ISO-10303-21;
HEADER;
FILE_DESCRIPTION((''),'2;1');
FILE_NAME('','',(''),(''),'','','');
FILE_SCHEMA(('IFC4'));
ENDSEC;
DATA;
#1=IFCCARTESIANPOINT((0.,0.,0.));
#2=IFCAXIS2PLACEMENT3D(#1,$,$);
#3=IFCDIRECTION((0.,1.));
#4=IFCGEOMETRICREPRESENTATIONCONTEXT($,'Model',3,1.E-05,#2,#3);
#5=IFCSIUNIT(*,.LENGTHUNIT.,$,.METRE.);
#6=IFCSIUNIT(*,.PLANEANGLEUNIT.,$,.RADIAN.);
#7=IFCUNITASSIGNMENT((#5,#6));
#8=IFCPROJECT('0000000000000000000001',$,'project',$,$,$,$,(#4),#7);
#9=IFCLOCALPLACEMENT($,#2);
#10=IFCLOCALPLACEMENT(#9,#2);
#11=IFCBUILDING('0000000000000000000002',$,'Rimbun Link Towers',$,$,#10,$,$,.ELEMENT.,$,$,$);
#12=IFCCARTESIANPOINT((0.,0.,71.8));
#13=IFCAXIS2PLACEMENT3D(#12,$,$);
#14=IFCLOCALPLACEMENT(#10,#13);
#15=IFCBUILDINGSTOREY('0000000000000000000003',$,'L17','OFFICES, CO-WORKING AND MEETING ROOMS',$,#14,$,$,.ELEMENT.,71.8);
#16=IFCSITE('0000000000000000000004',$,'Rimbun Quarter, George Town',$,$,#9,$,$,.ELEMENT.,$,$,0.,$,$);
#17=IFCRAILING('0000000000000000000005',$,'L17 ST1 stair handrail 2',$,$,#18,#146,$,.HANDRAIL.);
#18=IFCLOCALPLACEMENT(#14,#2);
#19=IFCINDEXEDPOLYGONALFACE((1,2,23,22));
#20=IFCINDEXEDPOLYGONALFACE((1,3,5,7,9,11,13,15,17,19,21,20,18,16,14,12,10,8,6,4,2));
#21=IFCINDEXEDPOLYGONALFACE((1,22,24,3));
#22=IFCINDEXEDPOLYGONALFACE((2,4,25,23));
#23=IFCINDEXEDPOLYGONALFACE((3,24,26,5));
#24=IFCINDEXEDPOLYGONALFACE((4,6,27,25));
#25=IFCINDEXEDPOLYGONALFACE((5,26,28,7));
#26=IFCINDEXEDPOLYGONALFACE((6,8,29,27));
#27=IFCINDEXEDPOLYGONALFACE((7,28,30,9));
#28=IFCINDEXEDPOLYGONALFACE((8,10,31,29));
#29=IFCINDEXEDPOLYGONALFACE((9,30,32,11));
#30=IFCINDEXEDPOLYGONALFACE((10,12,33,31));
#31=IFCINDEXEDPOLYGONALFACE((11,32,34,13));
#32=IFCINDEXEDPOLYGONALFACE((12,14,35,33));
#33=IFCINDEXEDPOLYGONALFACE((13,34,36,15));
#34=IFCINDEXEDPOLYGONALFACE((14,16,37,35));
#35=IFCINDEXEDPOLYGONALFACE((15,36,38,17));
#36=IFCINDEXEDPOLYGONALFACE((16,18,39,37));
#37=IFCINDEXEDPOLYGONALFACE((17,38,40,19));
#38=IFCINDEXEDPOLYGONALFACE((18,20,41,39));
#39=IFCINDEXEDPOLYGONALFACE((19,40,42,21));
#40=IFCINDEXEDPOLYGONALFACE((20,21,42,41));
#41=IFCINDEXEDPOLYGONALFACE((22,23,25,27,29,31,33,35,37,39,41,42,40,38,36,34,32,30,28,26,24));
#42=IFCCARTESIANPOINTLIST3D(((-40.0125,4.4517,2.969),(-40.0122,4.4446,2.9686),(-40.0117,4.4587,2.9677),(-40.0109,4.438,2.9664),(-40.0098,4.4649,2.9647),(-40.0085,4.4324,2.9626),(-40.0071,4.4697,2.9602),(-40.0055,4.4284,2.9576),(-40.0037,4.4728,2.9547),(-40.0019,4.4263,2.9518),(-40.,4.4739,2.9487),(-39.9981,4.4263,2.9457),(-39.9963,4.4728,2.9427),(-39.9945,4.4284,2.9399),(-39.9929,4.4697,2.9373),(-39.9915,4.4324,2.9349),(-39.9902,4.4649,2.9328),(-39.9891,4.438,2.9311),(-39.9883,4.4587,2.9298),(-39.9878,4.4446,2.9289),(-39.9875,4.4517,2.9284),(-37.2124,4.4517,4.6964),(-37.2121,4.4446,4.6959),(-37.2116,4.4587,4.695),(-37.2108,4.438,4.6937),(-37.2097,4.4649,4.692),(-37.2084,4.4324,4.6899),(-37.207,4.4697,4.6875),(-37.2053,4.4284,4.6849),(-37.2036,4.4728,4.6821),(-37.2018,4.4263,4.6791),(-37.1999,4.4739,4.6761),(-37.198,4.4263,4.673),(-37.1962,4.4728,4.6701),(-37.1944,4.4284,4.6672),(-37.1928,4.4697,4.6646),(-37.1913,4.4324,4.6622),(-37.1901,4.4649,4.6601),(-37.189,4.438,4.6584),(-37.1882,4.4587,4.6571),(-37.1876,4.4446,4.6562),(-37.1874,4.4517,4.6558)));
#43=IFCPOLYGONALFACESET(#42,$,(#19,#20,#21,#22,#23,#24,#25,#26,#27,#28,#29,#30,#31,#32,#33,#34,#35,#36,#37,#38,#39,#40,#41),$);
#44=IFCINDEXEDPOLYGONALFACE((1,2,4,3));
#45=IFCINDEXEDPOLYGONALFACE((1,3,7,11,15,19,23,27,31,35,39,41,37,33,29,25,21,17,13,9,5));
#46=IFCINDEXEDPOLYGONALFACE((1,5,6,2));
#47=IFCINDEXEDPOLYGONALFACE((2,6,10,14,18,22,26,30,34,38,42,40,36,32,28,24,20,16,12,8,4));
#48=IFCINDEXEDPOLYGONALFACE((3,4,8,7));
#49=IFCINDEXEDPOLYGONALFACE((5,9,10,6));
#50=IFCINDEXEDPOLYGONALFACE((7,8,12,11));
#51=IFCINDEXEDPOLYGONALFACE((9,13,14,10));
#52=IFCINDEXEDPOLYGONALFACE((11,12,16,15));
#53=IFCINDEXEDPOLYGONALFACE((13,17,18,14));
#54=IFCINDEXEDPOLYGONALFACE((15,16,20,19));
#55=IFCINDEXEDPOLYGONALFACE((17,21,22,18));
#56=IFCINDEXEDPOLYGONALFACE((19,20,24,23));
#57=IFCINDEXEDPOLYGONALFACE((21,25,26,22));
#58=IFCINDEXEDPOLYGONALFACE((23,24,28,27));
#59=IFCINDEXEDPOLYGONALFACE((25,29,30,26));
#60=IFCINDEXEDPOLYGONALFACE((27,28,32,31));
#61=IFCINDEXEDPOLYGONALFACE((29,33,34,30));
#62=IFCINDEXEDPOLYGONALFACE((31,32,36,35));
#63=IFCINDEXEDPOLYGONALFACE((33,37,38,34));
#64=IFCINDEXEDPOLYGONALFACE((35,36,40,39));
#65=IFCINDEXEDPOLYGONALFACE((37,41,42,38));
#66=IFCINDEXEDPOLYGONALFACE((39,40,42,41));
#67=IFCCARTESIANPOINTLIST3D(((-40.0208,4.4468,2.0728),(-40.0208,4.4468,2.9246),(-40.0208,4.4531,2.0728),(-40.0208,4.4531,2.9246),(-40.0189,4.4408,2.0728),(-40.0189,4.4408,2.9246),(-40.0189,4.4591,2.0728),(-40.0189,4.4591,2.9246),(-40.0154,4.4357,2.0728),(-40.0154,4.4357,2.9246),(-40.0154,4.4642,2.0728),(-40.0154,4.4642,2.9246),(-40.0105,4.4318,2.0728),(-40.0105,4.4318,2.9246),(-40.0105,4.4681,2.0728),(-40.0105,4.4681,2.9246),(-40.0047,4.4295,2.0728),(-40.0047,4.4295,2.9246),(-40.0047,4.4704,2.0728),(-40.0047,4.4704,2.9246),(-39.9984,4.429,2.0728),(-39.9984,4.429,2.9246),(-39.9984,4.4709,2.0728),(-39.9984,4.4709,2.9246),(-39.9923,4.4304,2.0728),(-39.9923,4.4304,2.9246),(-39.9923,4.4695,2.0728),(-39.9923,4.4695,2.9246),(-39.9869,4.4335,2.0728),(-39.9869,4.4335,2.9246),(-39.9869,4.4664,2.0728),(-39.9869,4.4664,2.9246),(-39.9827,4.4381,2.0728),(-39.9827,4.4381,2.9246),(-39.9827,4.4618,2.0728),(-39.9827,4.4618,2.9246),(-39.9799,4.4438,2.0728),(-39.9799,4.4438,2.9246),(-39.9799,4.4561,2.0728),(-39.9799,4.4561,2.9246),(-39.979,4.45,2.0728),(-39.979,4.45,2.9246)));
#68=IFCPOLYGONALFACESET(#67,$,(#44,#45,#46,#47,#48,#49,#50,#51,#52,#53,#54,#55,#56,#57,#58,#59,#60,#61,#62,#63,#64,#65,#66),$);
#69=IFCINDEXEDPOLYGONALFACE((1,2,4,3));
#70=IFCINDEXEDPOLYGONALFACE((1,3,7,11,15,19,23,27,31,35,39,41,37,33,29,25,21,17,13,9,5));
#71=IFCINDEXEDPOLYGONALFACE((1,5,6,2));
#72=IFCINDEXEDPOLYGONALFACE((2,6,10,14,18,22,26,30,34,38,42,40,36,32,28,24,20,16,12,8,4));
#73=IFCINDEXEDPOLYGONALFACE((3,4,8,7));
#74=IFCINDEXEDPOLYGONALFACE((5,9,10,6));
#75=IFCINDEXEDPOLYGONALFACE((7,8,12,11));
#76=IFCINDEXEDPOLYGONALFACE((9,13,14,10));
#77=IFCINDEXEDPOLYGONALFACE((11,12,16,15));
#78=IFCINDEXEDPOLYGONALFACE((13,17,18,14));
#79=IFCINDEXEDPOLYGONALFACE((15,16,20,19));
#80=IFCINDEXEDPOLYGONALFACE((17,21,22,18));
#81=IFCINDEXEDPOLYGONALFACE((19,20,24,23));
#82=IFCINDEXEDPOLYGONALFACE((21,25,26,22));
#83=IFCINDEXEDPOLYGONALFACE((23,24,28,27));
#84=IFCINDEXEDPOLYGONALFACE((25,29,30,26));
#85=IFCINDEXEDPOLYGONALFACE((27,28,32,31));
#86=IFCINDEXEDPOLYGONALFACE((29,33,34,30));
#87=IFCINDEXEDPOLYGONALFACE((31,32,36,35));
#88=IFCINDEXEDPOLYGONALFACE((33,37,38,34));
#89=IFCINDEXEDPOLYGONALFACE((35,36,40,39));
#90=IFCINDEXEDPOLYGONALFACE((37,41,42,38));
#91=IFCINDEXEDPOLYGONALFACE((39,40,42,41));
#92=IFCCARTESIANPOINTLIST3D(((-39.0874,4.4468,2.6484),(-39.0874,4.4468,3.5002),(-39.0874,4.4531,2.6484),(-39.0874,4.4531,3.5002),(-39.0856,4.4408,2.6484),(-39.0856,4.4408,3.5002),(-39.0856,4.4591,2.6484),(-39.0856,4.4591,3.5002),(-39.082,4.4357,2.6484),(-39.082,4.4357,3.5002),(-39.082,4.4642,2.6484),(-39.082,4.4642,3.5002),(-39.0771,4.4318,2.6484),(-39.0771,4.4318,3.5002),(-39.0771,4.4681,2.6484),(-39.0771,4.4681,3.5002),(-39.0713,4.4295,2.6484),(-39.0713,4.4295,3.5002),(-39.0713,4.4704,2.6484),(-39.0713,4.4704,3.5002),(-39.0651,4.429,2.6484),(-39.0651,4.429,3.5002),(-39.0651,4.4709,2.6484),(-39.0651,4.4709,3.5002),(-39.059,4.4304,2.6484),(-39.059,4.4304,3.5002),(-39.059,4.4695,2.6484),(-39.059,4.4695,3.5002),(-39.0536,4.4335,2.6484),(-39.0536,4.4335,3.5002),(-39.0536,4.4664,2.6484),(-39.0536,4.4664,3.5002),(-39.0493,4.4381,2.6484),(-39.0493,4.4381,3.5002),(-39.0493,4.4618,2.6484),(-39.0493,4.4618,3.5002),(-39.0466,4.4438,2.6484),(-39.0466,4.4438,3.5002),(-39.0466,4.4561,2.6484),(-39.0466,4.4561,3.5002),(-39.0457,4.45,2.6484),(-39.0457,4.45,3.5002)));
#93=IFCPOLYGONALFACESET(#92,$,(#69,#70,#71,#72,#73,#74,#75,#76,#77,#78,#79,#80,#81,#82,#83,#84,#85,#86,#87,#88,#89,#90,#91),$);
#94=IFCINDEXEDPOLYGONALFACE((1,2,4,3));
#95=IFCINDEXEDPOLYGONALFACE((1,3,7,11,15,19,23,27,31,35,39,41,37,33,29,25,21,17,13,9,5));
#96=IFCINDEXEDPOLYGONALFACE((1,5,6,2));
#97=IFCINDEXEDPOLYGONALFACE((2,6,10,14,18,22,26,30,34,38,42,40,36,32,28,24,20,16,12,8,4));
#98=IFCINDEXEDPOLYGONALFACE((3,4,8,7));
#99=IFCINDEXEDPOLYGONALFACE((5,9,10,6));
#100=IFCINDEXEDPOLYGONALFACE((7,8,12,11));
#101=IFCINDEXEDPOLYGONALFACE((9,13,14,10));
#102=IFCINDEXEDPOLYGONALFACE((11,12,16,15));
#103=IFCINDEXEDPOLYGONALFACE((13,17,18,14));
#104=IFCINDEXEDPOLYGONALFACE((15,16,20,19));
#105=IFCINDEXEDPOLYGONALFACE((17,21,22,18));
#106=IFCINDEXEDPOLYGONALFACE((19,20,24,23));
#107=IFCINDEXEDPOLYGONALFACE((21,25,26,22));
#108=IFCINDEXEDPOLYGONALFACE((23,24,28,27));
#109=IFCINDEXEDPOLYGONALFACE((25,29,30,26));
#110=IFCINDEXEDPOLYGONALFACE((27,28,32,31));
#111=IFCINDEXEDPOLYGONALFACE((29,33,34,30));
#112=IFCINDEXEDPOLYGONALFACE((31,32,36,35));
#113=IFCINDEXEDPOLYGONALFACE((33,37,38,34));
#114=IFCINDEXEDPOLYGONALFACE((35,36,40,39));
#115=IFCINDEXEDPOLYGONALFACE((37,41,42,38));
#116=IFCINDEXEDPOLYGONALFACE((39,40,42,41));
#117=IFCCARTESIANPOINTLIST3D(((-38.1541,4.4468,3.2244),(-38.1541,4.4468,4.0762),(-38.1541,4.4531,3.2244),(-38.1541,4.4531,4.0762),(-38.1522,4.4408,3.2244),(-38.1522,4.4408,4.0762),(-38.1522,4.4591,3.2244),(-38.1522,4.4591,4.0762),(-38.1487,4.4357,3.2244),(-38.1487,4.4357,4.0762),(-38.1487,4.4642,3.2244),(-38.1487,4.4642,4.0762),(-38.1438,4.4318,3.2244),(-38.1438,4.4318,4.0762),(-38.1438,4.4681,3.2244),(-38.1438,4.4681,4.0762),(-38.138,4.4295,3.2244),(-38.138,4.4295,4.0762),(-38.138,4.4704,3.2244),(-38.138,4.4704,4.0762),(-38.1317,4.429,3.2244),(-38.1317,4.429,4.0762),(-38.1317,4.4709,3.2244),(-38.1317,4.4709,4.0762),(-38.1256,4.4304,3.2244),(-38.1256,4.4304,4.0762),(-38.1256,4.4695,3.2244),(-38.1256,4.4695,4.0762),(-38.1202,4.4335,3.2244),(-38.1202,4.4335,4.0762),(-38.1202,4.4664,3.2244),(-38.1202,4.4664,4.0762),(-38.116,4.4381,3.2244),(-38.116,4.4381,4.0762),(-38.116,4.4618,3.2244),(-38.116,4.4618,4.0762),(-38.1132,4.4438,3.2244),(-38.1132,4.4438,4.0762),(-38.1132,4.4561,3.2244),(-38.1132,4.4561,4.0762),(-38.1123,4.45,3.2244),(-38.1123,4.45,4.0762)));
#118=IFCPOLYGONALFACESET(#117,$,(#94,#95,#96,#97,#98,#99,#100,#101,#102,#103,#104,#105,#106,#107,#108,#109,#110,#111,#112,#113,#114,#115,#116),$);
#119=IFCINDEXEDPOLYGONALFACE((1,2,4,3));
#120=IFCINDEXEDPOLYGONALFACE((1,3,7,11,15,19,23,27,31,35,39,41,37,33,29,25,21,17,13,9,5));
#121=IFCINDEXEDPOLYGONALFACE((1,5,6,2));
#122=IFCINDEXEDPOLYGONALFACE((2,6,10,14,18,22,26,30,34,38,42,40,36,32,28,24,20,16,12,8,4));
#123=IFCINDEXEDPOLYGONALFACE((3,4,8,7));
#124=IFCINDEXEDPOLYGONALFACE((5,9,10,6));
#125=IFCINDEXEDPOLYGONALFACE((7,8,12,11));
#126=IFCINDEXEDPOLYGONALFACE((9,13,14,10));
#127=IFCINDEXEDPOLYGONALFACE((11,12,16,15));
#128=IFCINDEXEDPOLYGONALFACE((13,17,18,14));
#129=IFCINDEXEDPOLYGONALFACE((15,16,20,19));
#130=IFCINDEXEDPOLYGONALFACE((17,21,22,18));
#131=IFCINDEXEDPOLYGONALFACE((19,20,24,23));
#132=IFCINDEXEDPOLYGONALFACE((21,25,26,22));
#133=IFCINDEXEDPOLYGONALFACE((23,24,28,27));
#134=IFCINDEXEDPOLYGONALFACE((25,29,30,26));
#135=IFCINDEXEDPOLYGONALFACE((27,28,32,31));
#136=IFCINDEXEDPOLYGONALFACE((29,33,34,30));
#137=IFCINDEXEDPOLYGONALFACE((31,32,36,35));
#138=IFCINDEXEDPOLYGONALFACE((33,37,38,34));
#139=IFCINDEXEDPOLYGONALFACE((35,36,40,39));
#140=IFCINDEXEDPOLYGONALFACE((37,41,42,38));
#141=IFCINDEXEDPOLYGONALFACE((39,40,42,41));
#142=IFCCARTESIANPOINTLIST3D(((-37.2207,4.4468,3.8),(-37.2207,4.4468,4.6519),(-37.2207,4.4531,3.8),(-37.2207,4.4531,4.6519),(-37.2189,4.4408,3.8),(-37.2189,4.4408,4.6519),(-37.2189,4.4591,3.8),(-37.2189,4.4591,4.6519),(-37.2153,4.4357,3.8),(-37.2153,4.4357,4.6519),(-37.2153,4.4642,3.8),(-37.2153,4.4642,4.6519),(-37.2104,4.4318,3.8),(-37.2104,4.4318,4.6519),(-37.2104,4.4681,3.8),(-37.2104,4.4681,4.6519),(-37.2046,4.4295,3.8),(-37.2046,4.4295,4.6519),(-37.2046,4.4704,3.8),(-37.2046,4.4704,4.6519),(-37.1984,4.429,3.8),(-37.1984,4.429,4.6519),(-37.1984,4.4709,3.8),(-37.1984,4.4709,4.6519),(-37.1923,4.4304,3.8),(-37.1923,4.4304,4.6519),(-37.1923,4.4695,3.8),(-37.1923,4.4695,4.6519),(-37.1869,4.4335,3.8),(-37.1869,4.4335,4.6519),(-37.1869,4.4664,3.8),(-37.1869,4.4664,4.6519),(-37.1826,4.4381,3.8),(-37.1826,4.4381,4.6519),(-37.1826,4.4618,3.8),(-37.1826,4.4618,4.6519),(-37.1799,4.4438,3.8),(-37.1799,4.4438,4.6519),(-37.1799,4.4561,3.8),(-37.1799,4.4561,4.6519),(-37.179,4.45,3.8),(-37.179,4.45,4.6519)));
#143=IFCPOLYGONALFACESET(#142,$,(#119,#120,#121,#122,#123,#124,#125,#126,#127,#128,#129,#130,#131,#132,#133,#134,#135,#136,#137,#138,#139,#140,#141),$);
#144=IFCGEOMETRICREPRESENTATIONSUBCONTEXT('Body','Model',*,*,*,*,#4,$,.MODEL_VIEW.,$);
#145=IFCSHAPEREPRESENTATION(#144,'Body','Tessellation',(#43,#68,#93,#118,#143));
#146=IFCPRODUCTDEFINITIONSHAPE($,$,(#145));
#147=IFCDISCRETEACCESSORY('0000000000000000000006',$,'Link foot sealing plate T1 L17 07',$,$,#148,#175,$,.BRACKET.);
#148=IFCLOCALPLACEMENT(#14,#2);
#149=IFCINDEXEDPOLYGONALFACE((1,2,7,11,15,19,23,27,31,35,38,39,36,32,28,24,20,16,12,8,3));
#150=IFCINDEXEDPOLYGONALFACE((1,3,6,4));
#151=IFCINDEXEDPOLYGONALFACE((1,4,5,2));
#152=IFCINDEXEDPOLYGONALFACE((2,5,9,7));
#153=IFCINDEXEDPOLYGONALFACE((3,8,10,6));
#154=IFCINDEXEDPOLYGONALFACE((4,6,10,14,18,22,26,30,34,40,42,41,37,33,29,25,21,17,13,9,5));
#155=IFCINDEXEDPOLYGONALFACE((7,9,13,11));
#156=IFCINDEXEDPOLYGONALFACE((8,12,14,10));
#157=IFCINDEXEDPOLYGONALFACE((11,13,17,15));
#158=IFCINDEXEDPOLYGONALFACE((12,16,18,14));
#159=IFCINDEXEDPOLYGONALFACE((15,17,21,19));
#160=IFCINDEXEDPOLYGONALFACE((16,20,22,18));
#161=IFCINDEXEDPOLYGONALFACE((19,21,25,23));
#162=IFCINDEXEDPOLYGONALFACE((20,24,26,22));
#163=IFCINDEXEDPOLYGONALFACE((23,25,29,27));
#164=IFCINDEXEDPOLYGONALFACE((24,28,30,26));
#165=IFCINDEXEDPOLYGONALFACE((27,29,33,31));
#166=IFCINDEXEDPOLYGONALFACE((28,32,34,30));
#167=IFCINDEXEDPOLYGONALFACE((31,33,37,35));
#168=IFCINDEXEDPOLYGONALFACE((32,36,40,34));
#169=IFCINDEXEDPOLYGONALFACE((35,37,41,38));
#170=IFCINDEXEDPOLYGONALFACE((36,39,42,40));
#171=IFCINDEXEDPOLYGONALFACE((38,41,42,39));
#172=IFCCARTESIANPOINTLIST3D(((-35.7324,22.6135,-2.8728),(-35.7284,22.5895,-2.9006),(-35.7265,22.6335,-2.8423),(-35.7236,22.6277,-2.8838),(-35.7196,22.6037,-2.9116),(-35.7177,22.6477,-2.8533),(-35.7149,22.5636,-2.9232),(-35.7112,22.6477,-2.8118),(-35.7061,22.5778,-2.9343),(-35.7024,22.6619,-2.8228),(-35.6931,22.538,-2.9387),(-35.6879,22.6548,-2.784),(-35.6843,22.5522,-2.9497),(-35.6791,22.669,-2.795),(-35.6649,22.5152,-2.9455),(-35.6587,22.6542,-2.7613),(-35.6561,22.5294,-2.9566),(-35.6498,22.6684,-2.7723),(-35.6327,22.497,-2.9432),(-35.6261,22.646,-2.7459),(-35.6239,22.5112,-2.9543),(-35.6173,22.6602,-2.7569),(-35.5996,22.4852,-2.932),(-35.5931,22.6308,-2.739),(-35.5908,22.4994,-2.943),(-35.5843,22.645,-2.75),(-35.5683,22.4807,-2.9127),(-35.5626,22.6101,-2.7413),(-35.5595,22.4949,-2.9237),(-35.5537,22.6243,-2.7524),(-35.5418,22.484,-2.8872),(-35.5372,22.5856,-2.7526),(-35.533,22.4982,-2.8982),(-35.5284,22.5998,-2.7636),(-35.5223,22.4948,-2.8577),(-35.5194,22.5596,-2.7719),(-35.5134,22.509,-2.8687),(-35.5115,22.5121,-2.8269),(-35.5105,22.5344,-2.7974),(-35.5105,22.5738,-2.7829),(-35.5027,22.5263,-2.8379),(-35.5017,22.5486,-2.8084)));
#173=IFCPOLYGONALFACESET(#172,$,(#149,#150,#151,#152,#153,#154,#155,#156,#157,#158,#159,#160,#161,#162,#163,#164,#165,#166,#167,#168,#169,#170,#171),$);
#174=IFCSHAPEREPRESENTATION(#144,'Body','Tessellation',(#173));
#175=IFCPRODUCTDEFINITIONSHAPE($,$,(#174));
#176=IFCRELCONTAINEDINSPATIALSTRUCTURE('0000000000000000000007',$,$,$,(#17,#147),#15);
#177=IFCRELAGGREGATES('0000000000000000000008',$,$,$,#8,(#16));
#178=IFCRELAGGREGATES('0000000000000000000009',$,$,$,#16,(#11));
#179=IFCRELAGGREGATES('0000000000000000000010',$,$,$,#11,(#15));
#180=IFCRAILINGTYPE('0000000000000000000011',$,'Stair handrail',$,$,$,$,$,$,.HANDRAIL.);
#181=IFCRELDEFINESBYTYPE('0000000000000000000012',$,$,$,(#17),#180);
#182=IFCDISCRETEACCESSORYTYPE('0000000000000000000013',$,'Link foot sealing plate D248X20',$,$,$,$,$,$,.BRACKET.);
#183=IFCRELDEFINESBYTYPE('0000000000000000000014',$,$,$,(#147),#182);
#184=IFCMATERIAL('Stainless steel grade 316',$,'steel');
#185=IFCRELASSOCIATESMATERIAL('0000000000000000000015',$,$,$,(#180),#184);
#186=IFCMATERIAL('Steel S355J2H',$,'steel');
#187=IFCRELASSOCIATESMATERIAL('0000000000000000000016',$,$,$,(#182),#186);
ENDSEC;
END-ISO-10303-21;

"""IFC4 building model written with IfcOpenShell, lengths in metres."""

from ifc_helpers import new_model, si_unit, direction, frame, origin, origin_2d, place, context, subcontext, project, spatial, circle, extrude, material, material_profile, profile_set, type_object, element, save


model = new_model("IFC4")

# Units and contexts
model_context = context("Model", 3, precision=1e-05, world=origin(), true_north=direction((0.0, 1.0)))
body_context = subcontext(model_context, "Body", "Model", "MODEL_VIEW")
ifc_project = project(units=[si_unit("LENGTHUNIT", "METRE"), si_unit("PLANEANGLEUNIT", "RADIAN")], contexts=[model_context])

# Site, building, storey
site_placement = place(None, origin())
site = spatial("IfcSite", under=ifc_project, at=site_placement, Name="Rimbun Quarter, George Town", CompositionType="ELEMENT", RefElevation=0.0)
building_placement = place(site_placement, origin())
building = spatial("IfcBuilding", under=site, at=building_placement, Name="Rimbun Link Towers", CompositionType="ELEMENT")
storey_placement = place(building_placement, frame((0.0, 0.0, 71.8)))
storey = spatial("IfcBuildingStorey", under=building, at=storey_placement, Name="L17", Description="OFFICES, CO-WORKING AND MEETING ROOMS", CompositionType="ELEMENT", Elevation=71.8)

# Railing
ifc_material_1 = material(Name="Stainless steel grade 316", Category="steel")
railing_type_1 = type_object("IfcRailingType", Name="Stair handrail", PredefinedType="HANDRAIL", material=ifc_material_1)
railing_1_placement = place(storey_placement, frame((-40.0, 4.45, 2.0728)))
element("IfcRailing", 1, at=railing_1_placement, inside=storey, type_object=railing_type_1, Name="L17 ST1 stair handrail 2", PredefinedType="HANDRAIL", context=body_context, shape_type="SweptSolid", body=[
    extrude(circle(Radius=0.0239, at=origin_2d()), frame((0.0, 0.0, 0.876), z_axis=(0.85109, 0.0, 0.52502), x_axis=(0.0, 1.0, 0.0)), (0.0, 0.0, 1.0), 3.29),
    extrude(circle(Radius=0.021, at=origin_2d()), origin(), (0.0, 0.0, 1.0), 0.8518),
    extrude(circle(Radius=0.021, at=origin_2d()), frame((0.9333, 0.0, 0.5757)), (0.0, 0.0, 1.0), 0.8518),
    extrude(circle(Radius=0.021, at=origin_2d()), frame((1.8667, 0.0, 1.1516)), (0.0, 0.0, 1.0), 0.8518),
    extrude(circle(Radius=0.021, at=origin_2d()), frame((2.8, 0.0, 1.7273)), (0.0, 0.0, 1.0), 0.8518),
])

# Discrete accessory
ifc_material_2 = material(Name="Steel S355J2H", Category="steel")
ifc_material_profile_1 = material_profile(ifc_material_2, circle(Radius=0.124, at=origin_2d()), Name="PL D248")
ifc_profile_set_1 = profile_set([ifc_material_profile_1], Name="Steel S355J2H")
discrete_accessory_type = type_object("IfcDiscreteAccessoryType", Name="Link foot sealing plate D248X20", PredefinedType="BRACKET", material=ifc_profile_set_1)
discrete_accessory_placement = place(storey_placement, frame((-35.6211, 22.5681, -2.8423), z_axis=(0.440303, 0.709377, -0.550379), x_axis=(-0.84964, 0.527363, 0.0)))
element("IfcDiscreteAccessory", 2, at=discrete_accessory_placement, inside=storey, type_object=discrete_accessory_type, Name="Link foot sealing plate T1 L17 07", PredefinedType="BRACKET", context=body_context, shape_type="SweptSolid", body=[
    extrude(circle(Radius=0.124, at=origin_2d()), origin(), (0.0, 0.0, 1.0), 0.02),
])

save(model, "model.ifc")
